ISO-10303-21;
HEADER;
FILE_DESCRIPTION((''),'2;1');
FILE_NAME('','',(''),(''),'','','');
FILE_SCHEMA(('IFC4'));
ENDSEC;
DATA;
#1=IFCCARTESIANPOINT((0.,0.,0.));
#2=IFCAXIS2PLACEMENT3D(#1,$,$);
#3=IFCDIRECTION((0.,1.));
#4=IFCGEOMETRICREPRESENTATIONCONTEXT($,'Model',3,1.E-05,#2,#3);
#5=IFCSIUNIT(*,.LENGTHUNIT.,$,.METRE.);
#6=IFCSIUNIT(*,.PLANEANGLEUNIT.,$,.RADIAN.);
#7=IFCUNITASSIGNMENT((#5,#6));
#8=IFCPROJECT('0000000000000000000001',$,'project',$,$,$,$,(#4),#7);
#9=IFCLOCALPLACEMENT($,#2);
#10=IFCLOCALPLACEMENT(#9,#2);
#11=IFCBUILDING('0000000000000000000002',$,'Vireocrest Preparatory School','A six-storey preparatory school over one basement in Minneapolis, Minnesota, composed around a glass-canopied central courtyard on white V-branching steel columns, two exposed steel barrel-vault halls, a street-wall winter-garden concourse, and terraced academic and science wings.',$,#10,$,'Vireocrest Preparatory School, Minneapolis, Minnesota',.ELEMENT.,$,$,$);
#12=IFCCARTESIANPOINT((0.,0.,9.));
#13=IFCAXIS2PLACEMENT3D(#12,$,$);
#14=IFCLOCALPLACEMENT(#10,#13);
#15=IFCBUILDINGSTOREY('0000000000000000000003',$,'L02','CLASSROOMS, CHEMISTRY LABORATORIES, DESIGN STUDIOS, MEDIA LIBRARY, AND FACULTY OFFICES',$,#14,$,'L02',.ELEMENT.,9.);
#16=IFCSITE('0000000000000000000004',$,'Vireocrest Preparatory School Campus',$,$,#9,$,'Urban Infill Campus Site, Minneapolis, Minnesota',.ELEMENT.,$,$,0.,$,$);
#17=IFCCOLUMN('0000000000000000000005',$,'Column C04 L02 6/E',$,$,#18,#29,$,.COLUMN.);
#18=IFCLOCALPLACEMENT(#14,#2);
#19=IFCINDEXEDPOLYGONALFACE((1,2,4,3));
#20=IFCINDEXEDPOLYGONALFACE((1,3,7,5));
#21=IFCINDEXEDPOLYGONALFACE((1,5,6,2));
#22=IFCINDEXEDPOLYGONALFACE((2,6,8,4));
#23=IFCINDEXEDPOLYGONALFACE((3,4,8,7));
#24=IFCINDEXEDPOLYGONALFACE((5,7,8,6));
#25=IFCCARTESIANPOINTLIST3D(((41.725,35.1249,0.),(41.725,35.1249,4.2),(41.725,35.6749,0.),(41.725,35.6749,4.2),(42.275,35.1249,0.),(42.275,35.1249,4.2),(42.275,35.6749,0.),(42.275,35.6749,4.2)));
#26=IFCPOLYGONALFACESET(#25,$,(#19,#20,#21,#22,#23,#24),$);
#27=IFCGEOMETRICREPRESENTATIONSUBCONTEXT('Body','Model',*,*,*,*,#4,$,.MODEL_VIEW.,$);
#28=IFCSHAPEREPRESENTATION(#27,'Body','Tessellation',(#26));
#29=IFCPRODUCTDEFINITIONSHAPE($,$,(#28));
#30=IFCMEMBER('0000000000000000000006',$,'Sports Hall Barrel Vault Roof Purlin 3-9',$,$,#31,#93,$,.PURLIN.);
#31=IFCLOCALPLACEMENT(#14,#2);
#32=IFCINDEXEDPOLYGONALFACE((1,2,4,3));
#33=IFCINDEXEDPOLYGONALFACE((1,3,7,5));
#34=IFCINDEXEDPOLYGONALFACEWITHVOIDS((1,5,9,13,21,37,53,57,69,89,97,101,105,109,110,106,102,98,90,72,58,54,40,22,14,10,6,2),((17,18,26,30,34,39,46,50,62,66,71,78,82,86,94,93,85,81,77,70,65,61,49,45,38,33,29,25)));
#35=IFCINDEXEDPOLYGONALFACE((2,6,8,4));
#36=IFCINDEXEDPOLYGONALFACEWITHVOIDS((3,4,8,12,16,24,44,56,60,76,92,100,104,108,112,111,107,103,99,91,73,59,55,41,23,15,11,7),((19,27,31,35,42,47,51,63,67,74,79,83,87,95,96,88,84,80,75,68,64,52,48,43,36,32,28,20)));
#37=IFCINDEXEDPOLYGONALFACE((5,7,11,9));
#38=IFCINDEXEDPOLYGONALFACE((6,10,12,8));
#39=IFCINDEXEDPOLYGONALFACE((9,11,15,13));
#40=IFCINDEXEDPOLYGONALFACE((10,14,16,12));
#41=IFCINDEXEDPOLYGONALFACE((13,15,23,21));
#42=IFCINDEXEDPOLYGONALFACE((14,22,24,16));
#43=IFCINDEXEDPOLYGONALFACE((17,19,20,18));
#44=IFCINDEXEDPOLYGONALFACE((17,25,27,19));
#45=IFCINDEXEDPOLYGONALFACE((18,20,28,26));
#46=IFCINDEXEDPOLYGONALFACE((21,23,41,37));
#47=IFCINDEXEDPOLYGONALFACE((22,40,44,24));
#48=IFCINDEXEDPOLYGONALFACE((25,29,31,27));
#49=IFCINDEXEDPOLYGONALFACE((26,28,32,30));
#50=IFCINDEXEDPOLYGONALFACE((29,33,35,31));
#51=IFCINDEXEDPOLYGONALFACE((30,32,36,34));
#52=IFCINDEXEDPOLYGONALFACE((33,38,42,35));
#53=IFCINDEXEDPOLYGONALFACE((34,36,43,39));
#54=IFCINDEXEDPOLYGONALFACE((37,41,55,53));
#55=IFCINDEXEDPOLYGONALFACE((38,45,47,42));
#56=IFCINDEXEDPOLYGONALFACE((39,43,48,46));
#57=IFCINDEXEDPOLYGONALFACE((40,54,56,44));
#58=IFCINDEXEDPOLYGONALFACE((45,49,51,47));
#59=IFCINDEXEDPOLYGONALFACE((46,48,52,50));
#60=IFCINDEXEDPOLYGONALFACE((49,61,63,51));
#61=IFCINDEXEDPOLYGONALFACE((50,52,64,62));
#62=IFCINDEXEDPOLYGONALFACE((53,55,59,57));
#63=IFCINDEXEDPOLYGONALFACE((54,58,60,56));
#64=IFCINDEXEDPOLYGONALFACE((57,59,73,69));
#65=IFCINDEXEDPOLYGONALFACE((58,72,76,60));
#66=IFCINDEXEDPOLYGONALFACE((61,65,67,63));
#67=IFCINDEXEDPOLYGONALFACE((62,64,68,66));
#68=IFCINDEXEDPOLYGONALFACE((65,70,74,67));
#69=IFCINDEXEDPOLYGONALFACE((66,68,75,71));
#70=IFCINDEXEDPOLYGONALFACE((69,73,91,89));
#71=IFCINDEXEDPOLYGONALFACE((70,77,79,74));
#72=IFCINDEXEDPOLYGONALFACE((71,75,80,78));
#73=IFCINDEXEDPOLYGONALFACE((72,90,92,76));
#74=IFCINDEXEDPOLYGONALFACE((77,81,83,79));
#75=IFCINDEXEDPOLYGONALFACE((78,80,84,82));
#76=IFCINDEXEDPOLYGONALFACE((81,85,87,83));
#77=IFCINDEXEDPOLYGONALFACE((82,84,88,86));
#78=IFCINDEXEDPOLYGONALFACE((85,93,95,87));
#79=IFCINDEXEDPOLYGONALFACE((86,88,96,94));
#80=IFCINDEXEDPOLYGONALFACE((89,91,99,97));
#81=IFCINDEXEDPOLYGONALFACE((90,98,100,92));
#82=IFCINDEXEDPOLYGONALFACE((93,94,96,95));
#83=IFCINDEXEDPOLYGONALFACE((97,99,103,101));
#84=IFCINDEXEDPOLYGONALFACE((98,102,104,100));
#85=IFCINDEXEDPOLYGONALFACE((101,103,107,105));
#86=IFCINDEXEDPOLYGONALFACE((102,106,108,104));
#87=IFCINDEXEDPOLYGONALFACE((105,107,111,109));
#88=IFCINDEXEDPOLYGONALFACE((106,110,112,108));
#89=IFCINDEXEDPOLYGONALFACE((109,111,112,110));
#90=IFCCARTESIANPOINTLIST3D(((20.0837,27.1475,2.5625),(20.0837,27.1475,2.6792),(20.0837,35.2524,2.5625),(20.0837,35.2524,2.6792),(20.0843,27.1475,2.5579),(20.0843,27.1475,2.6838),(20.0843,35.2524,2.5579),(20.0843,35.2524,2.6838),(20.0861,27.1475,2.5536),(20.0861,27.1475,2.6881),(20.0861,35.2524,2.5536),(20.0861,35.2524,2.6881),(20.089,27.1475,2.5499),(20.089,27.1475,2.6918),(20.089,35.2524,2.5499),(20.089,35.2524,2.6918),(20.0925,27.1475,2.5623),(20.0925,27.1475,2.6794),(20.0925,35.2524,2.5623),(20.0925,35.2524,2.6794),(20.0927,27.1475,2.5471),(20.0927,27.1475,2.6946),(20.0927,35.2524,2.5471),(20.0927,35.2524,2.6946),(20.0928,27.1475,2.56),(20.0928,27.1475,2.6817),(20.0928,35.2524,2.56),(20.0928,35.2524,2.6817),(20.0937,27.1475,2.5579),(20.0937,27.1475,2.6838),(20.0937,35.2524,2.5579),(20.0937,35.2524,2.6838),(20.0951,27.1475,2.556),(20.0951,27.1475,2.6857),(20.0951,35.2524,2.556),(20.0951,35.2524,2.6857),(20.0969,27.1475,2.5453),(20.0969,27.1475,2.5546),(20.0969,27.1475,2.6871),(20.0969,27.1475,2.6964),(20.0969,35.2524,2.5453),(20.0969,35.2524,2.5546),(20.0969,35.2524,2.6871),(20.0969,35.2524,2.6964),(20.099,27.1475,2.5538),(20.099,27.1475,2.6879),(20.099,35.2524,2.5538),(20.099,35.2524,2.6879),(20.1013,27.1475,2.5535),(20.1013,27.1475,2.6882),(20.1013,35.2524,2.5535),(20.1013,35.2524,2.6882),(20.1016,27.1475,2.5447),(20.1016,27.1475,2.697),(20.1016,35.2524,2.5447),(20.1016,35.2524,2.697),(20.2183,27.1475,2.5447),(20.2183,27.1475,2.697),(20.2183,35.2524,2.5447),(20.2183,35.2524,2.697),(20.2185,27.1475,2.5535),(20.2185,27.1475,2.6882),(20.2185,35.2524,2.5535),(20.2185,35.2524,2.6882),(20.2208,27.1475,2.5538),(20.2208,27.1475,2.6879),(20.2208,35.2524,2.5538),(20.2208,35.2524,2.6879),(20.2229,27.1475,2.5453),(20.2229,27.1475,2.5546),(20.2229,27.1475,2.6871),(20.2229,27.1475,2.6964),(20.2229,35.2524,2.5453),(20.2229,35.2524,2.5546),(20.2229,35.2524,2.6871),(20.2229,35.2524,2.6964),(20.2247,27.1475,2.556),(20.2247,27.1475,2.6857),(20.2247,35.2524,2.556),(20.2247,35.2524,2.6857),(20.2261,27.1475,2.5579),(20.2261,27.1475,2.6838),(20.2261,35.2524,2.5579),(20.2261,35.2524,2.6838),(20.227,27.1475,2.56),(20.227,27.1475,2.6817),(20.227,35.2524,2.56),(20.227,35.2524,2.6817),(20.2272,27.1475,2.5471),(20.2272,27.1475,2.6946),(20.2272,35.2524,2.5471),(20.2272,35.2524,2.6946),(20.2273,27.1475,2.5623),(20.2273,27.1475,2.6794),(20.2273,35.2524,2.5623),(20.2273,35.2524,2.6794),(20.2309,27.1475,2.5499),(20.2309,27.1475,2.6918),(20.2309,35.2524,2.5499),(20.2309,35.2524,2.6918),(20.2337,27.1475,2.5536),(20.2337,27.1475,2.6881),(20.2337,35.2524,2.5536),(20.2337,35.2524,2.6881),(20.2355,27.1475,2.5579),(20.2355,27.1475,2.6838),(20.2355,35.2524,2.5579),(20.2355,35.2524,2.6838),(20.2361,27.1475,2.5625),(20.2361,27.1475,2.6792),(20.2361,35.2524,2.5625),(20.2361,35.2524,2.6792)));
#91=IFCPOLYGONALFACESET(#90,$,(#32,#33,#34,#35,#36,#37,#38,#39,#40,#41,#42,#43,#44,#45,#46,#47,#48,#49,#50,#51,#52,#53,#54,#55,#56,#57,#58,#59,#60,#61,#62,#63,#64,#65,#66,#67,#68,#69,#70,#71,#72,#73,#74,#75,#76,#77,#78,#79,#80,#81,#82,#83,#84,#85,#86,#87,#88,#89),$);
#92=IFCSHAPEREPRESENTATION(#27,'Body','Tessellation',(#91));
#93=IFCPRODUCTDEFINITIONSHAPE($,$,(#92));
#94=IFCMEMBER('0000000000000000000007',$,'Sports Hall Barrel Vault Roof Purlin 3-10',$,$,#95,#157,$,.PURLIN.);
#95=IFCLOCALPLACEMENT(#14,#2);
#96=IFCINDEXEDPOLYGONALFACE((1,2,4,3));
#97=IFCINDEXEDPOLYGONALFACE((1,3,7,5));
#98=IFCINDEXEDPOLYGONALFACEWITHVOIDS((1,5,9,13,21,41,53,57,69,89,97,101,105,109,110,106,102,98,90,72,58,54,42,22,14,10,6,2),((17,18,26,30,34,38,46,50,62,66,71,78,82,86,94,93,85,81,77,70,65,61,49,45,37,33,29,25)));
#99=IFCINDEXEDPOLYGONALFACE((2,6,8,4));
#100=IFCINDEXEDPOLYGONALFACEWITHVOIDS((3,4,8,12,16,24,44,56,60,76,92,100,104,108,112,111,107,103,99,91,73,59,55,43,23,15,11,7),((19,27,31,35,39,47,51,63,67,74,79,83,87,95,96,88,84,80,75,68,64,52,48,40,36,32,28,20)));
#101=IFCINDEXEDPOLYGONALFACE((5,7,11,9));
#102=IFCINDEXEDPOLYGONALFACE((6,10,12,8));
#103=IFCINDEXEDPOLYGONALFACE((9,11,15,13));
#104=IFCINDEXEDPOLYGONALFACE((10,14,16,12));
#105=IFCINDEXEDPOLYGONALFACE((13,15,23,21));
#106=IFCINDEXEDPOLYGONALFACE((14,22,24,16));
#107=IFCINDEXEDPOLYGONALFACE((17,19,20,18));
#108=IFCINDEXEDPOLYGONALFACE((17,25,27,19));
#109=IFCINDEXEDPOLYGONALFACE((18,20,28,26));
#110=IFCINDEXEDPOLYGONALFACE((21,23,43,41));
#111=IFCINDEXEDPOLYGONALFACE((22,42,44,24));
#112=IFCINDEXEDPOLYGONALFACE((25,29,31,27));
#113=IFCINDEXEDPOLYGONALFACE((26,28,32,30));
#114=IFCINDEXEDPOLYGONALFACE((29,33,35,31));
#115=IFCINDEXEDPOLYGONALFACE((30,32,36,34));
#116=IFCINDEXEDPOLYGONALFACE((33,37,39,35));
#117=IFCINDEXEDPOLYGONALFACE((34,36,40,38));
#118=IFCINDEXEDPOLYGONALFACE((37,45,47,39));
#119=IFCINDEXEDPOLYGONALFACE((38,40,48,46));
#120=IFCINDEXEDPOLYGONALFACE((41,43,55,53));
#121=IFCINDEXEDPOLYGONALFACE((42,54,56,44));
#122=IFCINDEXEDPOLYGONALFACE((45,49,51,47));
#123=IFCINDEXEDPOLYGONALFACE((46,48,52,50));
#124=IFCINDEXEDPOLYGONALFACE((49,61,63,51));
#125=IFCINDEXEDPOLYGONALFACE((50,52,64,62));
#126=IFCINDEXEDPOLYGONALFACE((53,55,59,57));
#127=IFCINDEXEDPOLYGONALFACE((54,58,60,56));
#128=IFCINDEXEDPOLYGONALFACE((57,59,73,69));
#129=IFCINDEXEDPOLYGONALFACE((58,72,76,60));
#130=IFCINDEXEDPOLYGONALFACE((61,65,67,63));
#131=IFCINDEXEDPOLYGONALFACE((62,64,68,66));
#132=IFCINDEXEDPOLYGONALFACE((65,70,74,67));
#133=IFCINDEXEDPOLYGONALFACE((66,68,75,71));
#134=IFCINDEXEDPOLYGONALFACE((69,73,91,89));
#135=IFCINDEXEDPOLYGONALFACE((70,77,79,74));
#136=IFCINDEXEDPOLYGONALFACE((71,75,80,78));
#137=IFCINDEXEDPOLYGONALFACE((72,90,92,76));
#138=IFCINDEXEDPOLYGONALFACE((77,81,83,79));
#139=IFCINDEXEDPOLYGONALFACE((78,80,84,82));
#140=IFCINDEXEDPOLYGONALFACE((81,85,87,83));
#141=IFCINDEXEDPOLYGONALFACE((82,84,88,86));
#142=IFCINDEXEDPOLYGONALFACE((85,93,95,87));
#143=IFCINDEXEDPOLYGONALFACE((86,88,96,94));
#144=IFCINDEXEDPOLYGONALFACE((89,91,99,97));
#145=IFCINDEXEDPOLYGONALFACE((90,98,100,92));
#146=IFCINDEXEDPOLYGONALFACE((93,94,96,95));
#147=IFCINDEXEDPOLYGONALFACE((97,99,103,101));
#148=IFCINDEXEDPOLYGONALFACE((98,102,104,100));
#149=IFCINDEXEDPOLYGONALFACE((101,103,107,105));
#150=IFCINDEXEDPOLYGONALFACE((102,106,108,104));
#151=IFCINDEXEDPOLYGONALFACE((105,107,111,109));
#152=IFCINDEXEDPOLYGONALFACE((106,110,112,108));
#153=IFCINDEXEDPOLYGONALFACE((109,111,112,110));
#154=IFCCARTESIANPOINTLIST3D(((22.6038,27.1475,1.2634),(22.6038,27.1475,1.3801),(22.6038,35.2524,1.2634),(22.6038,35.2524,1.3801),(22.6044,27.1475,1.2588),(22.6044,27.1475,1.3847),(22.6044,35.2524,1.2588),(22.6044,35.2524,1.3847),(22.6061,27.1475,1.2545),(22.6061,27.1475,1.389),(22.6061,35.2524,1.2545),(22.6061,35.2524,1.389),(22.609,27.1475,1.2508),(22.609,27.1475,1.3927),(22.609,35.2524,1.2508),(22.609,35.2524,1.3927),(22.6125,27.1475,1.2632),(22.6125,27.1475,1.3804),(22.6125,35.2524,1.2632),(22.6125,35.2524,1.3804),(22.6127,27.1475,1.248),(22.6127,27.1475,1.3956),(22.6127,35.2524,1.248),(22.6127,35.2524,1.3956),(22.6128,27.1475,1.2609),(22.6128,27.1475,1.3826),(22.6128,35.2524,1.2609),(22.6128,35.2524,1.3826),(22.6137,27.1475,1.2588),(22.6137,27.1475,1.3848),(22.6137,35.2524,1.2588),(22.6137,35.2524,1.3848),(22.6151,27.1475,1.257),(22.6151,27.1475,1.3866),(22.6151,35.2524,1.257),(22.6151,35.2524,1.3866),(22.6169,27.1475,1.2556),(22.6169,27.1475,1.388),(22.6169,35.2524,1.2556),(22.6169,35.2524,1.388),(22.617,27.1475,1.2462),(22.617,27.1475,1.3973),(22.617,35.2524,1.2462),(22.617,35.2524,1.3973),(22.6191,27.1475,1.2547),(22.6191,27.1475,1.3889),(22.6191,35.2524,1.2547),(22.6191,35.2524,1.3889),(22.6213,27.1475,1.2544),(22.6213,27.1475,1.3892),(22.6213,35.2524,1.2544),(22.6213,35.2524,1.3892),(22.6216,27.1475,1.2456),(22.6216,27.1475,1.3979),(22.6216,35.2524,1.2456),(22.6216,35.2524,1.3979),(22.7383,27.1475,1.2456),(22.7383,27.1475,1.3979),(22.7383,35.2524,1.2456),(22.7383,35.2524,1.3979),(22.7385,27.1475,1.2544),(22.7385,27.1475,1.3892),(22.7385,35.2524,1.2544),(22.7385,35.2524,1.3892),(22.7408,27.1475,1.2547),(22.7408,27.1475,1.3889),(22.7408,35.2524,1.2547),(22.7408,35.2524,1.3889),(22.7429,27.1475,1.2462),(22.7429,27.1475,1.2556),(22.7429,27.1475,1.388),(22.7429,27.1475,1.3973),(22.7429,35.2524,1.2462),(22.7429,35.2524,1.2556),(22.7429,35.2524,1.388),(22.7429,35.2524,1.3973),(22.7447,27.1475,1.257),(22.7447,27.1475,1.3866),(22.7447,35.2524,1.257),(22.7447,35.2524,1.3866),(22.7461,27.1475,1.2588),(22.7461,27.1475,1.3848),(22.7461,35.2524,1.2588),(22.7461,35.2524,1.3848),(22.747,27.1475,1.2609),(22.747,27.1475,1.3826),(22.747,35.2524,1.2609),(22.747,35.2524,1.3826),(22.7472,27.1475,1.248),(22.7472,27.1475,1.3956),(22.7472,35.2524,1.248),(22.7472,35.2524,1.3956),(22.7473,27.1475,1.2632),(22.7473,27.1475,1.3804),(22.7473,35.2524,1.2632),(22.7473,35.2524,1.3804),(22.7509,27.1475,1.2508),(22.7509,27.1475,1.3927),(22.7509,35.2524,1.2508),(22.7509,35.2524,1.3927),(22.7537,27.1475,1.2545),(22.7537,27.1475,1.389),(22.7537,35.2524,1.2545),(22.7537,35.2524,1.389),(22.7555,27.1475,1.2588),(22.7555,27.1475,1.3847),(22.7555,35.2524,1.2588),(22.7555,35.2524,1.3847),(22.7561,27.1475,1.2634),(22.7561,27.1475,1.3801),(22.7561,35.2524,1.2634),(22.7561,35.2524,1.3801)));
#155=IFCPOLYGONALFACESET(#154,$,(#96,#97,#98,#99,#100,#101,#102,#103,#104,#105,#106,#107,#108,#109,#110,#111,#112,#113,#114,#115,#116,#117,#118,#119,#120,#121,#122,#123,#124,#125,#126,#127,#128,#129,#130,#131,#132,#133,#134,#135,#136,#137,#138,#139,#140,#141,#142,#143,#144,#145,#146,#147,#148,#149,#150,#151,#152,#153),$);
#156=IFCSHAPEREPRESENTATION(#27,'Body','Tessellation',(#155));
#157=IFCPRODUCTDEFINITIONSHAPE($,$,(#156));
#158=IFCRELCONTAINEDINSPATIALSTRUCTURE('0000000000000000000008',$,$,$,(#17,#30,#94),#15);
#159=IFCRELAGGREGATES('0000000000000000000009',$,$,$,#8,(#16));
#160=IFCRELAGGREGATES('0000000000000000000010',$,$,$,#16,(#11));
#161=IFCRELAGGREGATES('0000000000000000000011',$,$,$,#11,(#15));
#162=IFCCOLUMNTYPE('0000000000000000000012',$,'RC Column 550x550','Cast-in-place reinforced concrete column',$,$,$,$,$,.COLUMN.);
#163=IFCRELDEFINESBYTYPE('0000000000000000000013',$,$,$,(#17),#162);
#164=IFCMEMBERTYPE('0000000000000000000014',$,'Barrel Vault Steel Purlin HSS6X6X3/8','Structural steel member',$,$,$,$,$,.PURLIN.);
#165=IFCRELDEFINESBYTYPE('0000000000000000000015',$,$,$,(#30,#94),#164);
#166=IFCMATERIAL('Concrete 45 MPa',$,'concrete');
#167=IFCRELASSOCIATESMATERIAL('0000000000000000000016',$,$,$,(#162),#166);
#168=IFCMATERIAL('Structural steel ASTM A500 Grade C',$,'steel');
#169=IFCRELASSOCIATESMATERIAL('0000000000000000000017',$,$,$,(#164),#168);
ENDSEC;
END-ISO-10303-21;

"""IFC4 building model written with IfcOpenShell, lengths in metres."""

from ifc_helpers import new_model, si_unit, direction, frame, origin, origin_2d, place, context, subcontext, project, spatial, rectangle, hollow_rectangle, extrude, material, material_profile, profile_set, type_object, element, save


model = new_model("IFC4")

# Units and contexts
model_context = context("Model", 3, precision=1e-05, world=origin(), true_north=direction((0.0, 1.0)))
body_context = subcontext(model_context, "Body", "Model", "MODEL_VIEW")
ifc_project = project(units=[si_unit("LENGTHUNIT", "METRE"), si_unit("PLANEANGLEUNIT", "RADIAN")], contexts=[model_context])

# Site, building, storey
site_placement = place(None, origin())
site = spatial("IfcSite", under=ifc_project, at=site_placement, Name="Vireocrest Preparatory School Campus", LongName="Urban Infill Campus Site, Minneapolis, Minnesota", CompositionType="ELEMENT", RefElevation=0.0)
building_placement = place(site_placement, origin())
building = spatial("IfcBuilding", under=site, at=building_placement, Name="Vireocrest Preparatory School", Description="A six-storey preparatory school over one basement in Minneapolis, Minnesota, composed around a glass-canopied central courtyard on white V-branching steel columns, two exposed steel barrel-vault halls, a street-wall winter-garden concourse, and terraced academic and science wings.", LongName="Vireocrest Preparatory School, Minneapolis, Minnesota", CompositionType="ELEMENT")
storey_placement = place(building_placement, frame((0.0, 0.0, 9.0)))
storey = spatial("IfcBuildingStorey", under=building, at=storey_placement, Name="L02", Description="CLASSROOMS, CHEMISTRY LABORATORIES, DESIGN STUDIOS, MEDIA LIBRARY, AND FACULTY OFFICES", LongName="L02", CompositionType="ELEMENT", Elevation=9.0)

# Column
ifc_material_1 = material(Name="Concrete 45 MPa", Category="concrete")
ifc_material_profile_1 = material_profile(ifc_material_1, rectangle(XDim=0.55, YDim=0.55, at=origin_2d()), Name="RC 550x550")
ifc_profile_set_1 = profile_set([ifc_material_profile_1], Name="Concrete 45 MPa")
column_type = type_object("IfcColumnType", Name="RC Column 550x550", Description="Cast-in-place reinforced concrete column", PredefinedType="COLUMN", material=ifc_profile_set_1)
column_placement = place(storey_placement, frame((42.0, 35.3999, 0.0), z_axis=(0.0, 0.0, 1.0), x_axis=(1.0, 0.0, 0.0)))
element("IfcColumn", 1, at=column_placement, inside=storey, type_object=column_type, Name="Column C04 L02 6/E", PredefinedType="COLUMN", context=body_context, shape_type="SweptSolid", body=[
    extrude(rectangle(XDim=0.55, YDim=0.55, at=origin_2d()), origin(), (0.0, 0.0, 1.0), 4.2),
])

# Members
ifc_material_2 = material(Name="Structural steel ASTM A500 Grade C", Category="steel")
ifc_material_profile_2 = material_profile(ifc_material_2, hollow_rectangle(XDim=0.1523, YDim=0.1523, WallThickness=0.0088, InnerFilletRadius=0.0088, OuterFilletRadius=0.0178, at=origin_2d()), Name="HSS6X6X3/8")
ifc_profile_set_2 = profile_set([ifc_material_profile_2], Name="Structural steel ASTM A500 Grade C")
member_type_1 = type_object("IfcMemberType", Name="Barrel Vault Steel Purlin HSS6X6X3/8", Description="Structural steel member", PredefinedType="PURLIN", material=ifc_profile_set_2)
for number, where, z_axis, x_axis, name in (
    (2, (20.1599, 27.1475, 2.6208), (0.0, 1.0, 0.0), (-1.0, 0.0, 0.0), "Sports Hall Barrel Vault Roof Purlin 3-9"),
    (3, (22.6799, 27.1475, 1.3218), (0.0, 1.0, 0.0), (-1.0, 0.0, 0.0), "Sports Hall Barrel Vault Roof Purlin 3-10"),
):
    element("IfcMember", number, at=place(storey_placement, frame(where, z_axis=z_axis, x_axis=x_axis)), inside=storey, type_object=member_type_1, Name=name, PredefinedType="PURLIN", context=body_context, shape_type="SweptSolid", body=[
        extrude(hollow_rectangle(XDim=0.1523, YDim=0.1523, WallThickness=0.0088, InnerFilletRadius=0.0088, OuterFilletRadius=0.0178, at=origin_2d()), origin(), (0.0, 0.0, 1.0), 8.105),
    ])

save(model, "model.ifc")
